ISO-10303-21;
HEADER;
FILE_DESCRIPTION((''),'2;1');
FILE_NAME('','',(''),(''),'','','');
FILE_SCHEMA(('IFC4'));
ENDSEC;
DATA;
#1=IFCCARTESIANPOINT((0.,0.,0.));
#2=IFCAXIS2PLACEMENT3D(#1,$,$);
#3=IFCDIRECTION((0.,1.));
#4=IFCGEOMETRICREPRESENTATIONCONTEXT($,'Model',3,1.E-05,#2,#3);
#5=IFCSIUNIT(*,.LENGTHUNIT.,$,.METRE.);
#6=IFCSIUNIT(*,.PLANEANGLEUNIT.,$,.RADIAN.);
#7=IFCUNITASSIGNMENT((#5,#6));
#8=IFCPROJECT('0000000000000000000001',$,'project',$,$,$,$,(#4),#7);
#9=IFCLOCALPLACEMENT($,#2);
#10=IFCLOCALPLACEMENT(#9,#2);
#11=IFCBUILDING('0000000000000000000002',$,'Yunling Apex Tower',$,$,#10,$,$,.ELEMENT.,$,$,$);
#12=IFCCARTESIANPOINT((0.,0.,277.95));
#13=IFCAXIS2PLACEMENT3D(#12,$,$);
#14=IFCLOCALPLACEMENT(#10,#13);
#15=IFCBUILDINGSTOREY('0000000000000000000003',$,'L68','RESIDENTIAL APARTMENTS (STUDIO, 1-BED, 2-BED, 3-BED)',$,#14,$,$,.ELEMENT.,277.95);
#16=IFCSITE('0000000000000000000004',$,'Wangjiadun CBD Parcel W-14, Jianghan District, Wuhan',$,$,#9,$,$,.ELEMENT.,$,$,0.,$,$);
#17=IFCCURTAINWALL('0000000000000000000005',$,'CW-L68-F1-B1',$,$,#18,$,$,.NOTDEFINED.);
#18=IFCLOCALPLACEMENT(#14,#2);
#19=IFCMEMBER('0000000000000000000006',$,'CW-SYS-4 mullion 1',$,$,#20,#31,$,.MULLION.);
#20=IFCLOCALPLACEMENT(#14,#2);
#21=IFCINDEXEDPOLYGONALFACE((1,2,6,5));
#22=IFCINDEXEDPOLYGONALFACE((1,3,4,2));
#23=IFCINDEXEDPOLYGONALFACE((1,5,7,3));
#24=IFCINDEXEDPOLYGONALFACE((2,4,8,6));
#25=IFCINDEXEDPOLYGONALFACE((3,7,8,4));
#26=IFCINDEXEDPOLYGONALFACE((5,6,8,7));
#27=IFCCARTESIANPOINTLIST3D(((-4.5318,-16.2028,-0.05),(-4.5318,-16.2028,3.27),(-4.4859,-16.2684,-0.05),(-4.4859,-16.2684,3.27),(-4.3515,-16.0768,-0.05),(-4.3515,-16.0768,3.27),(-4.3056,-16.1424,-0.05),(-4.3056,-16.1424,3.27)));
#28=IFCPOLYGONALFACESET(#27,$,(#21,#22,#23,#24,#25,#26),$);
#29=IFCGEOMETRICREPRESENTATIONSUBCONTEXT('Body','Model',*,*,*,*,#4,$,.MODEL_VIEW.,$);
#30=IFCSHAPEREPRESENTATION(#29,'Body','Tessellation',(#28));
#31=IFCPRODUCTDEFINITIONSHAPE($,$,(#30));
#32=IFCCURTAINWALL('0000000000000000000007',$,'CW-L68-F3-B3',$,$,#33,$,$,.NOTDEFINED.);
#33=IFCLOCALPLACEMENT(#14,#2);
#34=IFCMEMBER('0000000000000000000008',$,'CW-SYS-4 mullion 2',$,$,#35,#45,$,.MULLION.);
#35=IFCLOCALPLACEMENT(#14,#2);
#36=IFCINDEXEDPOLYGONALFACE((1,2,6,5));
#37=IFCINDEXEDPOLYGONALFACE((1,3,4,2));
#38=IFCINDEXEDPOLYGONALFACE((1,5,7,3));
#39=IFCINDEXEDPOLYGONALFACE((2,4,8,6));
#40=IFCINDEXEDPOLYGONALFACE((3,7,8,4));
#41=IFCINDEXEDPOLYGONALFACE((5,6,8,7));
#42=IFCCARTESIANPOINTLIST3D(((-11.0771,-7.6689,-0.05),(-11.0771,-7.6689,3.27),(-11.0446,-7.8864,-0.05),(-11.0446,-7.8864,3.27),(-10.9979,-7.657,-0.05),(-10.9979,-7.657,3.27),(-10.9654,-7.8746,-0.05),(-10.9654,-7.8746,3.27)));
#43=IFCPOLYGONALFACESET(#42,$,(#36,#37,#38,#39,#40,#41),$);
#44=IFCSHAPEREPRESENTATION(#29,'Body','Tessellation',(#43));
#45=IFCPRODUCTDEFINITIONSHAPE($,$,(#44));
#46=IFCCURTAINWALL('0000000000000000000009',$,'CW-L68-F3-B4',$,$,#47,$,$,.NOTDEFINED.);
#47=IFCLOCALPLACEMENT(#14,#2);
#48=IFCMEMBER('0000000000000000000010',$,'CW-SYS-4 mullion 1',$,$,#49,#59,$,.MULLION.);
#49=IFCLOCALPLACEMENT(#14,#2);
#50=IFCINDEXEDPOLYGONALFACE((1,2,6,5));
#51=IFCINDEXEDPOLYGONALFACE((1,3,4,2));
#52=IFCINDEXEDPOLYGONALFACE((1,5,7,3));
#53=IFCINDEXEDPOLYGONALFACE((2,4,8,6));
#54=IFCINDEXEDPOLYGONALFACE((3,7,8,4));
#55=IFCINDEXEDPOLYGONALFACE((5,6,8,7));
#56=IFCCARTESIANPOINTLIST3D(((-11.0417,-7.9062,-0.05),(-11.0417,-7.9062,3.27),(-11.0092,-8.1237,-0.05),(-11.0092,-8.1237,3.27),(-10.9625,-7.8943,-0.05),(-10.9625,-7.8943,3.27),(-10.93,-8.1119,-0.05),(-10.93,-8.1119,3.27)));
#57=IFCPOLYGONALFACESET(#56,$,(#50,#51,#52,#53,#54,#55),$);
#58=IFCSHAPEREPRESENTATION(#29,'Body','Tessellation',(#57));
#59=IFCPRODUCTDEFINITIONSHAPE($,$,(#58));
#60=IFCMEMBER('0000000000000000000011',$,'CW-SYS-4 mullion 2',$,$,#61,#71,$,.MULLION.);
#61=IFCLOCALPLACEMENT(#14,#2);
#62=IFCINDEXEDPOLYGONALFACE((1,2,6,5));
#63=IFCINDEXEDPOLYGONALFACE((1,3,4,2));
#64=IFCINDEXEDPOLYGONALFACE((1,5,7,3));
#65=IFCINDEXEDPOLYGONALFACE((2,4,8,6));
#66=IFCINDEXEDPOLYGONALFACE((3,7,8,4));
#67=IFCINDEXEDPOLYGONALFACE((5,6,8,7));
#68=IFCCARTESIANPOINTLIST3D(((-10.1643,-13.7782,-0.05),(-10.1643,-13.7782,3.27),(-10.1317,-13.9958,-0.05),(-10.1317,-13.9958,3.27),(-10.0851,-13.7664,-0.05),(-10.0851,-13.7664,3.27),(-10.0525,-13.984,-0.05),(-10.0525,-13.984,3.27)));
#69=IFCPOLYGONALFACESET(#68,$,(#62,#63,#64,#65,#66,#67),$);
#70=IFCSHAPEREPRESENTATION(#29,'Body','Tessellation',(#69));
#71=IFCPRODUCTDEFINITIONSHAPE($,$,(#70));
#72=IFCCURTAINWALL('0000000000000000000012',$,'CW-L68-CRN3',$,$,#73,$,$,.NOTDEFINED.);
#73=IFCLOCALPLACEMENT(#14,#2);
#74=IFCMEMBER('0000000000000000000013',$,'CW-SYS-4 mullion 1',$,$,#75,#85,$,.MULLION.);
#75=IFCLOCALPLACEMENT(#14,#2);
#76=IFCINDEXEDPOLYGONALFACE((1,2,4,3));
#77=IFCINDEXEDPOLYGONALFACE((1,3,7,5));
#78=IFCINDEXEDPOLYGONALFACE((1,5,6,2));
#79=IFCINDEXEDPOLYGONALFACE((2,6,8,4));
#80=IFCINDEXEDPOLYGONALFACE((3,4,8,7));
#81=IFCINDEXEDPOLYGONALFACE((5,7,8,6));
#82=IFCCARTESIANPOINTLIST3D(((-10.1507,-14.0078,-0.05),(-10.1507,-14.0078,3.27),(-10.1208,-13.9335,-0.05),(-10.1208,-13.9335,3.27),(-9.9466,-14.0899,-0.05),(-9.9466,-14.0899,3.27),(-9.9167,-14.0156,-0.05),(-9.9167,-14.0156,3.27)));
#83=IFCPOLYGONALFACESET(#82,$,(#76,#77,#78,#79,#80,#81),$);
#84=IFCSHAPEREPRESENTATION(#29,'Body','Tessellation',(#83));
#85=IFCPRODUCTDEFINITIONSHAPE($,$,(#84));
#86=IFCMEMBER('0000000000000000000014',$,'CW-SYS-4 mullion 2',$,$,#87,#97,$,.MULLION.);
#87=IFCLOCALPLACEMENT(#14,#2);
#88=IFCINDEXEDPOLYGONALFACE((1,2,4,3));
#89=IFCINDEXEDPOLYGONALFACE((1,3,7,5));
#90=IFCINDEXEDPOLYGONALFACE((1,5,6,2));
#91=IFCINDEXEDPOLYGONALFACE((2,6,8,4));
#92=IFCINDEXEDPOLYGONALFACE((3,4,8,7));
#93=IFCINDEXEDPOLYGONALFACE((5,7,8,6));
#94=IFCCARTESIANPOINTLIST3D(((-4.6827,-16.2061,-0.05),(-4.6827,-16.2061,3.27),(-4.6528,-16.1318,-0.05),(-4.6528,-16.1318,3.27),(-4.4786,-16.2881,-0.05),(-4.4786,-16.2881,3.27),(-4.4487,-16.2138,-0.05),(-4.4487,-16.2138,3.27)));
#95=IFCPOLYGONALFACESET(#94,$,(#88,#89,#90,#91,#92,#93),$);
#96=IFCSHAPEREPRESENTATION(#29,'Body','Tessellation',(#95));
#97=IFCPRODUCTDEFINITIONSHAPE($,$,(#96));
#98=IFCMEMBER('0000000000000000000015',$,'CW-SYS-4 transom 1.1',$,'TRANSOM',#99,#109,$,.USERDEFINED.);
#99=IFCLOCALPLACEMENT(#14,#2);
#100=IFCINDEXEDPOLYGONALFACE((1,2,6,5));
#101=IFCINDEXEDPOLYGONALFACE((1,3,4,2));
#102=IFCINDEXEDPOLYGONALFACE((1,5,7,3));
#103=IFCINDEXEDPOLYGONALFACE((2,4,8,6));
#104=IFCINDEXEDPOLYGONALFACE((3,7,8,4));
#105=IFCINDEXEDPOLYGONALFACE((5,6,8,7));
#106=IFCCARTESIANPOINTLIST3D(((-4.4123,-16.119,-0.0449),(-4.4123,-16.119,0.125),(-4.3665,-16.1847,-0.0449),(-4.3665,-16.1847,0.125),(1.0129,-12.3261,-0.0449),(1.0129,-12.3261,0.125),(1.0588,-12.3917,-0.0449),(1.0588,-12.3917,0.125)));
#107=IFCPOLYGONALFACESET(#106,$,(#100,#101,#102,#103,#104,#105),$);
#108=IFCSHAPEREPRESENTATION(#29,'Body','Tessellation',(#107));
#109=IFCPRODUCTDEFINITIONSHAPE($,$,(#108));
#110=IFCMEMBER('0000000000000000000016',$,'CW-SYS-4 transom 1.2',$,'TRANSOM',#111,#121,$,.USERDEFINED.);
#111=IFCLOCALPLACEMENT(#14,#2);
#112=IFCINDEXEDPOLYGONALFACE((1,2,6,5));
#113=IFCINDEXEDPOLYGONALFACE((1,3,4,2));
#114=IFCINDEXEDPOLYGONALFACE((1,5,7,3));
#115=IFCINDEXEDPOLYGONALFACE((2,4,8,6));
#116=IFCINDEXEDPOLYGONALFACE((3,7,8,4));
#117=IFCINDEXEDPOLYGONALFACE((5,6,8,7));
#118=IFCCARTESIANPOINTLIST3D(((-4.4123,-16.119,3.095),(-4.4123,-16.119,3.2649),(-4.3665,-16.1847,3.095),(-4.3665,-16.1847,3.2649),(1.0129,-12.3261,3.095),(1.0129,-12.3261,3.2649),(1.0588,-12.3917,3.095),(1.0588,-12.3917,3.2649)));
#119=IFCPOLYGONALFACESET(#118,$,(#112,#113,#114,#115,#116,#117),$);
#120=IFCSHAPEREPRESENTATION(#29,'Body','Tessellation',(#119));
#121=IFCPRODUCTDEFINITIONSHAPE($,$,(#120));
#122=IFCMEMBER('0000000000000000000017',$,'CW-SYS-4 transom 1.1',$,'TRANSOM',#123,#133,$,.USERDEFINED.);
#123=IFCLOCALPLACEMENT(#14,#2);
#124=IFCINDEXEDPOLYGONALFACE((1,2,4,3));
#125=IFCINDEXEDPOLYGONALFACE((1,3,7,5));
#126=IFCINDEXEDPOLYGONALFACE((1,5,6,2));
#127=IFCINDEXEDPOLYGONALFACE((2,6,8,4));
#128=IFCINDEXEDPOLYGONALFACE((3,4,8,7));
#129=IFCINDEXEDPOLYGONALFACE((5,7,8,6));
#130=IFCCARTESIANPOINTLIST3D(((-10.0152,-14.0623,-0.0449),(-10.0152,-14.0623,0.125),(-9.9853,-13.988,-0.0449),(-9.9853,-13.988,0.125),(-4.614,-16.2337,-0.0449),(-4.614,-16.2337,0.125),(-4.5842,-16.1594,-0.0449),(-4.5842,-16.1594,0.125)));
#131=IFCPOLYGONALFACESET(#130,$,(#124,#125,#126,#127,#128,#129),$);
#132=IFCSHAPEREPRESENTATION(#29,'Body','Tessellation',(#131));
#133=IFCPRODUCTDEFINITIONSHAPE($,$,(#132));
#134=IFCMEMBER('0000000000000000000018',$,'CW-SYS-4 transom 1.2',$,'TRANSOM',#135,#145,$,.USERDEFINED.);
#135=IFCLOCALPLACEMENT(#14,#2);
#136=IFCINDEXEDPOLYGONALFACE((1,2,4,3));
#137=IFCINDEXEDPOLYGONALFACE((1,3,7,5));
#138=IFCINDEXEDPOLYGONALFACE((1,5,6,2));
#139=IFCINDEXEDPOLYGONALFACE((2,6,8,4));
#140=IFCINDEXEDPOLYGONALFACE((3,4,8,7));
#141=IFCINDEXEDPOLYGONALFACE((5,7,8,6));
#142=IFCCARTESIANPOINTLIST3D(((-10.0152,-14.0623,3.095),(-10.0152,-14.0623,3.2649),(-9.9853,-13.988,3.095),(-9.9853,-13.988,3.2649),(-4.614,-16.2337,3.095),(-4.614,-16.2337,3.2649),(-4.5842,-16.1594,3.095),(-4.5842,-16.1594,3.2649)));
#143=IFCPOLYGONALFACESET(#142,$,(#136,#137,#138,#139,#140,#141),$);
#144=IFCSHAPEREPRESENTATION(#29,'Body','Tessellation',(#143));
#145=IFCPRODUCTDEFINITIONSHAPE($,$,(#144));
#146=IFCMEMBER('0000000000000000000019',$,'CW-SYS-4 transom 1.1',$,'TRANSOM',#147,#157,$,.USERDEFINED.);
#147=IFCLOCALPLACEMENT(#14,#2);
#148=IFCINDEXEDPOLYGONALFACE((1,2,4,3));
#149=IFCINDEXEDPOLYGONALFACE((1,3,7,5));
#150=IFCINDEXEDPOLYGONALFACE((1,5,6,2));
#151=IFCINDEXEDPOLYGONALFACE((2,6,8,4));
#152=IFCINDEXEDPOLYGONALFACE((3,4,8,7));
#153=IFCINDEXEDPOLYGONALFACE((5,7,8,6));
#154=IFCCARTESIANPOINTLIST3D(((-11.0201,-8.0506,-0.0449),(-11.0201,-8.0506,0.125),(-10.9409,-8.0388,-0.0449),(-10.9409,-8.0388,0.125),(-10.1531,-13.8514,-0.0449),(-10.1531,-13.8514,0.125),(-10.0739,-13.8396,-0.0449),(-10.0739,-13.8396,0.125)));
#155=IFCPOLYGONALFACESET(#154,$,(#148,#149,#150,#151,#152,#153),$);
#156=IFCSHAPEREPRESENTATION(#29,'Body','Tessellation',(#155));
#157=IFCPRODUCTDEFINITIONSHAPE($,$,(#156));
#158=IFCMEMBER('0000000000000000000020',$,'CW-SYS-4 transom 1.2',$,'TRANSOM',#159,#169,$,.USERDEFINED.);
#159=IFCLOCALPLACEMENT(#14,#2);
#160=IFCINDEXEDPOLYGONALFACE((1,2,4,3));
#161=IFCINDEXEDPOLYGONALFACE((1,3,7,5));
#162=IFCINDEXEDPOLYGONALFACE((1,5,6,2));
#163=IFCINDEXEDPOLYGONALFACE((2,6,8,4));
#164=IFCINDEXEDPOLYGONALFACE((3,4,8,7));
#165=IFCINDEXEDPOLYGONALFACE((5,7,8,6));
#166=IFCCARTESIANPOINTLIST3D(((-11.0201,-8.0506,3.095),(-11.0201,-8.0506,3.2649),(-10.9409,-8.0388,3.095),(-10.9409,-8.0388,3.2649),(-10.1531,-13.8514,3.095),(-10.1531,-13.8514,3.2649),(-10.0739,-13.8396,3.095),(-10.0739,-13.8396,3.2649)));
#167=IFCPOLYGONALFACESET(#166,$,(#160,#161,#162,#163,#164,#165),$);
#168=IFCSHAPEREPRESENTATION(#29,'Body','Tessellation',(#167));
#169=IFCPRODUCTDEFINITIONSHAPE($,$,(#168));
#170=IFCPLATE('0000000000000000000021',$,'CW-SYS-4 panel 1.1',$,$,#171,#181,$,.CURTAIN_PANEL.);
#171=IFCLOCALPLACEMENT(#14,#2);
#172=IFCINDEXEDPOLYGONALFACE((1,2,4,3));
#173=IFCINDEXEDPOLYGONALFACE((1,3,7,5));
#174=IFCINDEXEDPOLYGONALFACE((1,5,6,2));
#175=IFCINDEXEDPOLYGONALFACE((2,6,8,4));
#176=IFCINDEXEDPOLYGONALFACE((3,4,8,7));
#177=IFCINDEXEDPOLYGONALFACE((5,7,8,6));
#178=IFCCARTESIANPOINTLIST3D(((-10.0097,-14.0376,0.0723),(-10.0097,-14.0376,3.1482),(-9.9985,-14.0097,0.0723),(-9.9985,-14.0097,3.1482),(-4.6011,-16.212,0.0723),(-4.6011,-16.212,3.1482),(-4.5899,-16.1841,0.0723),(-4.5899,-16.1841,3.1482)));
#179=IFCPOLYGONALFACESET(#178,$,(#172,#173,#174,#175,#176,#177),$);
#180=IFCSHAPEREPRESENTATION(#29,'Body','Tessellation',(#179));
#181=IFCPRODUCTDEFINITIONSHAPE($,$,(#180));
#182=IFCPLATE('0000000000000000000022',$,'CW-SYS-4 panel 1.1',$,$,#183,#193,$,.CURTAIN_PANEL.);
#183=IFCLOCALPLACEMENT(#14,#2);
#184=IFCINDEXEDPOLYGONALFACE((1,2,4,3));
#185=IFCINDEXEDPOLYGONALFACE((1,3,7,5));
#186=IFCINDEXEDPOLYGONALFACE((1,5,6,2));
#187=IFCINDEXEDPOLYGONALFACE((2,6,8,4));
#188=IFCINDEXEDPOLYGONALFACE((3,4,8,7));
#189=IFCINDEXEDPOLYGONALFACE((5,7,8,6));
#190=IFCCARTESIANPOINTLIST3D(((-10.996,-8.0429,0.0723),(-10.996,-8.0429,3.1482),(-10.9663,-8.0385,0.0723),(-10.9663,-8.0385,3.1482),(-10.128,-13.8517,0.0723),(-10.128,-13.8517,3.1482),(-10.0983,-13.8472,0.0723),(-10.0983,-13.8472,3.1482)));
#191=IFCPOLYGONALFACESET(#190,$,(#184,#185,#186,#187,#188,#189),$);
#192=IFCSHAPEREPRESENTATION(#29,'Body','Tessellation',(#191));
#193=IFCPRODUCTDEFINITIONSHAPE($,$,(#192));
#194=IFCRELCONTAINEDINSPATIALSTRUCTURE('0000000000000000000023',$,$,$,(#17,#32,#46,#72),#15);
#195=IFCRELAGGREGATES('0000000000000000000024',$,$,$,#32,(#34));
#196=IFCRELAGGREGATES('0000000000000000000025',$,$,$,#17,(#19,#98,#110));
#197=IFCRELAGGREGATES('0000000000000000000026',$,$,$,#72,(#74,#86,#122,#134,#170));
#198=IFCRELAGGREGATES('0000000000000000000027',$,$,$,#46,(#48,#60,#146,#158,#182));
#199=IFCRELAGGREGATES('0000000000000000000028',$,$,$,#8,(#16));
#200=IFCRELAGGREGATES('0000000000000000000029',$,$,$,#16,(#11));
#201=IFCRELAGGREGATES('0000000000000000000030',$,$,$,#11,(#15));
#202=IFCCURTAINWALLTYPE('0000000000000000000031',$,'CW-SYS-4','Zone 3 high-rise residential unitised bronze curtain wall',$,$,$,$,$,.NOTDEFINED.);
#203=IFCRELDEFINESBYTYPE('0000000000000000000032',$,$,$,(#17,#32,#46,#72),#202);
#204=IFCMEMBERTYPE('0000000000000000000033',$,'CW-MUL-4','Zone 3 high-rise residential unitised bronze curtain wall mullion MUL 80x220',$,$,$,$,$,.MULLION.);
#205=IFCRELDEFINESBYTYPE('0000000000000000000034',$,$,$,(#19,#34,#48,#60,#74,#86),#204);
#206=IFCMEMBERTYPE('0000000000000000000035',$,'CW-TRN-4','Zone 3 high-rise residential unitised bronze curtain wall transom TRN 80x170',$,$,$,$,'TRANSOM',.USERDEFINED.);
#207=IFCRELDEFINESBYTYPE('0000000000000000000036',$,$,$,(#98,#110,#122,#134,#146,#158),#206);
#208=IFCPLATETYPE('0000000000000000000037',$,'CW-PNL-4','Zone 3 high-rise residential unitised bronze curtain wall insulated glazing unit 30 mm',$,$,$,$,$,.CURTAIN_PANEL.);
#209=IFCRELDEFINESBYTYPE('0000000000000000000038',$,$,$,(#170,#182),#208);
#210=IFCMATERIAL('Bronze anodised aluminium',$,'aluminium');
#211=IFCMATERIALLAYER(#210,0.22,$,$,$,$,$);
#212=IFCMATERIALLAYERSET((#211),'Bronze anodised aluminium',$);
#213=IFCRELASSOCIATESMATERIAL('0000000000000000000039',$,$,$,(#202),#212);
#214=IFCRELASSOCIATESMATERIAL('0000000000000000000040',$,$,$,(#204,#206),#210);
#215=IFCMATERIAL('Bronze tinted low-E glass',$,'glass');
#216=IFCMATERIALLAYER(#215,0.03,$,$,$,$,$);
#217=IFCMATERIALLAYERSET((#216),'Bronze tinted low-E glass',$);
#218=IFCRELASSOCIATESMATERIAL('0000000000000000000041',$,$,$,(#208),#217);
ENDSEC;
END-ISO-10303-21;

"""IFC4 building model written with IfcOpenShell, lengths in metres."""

from ifc_helpers import new_model, si_unit, direction, frame, origin, origin_2d, place, context, subcontext, project, spatial, rectangle, extrude, source, transform, mapped, material, layer, layer_set, material_profile, profile_set, type_object, element, aggregate, save


model = new_model("IFC4")

# Units and contexts
model_context = context("Model", 3, precision=1e-05, world=origin(), true_north=direction((0.0, 1.0)))
body_context = subcontext(model_context, "Body", "Model", "MODEL_VIEW")
ifc_project = project(units=[si_unit("LENGTHUNIT", "METRE"), si_unit("PLANEANGLEUNIT", "RADIAN")], contexts=[model_context])

# Site, building, storey
site_placement = place(None, origin())
site = spatial("IfcSite", under=ifc_project, at=site_placement, Name="Wangjiadun CBD Parcel W-14, Jianghan District, Wuhan", CompositionType="ELEMENT", RefElevation=0.0)
building_placement = place(site_placement, origin())
building = spatial("IfcBuilding", under=site, at=building_placement, Name="Yunling Apex Tower", CompositionType="ELEMENT")
storey_placement = place(building_placement, frame((0.0, 0.0, 277.95)))
storey = spatial("IfcBuildingStorey", under=building, at=storey_placement, Name="L68", Description="RESIDENTIAL APARTMENTS (STUDIO, 1-BED, 2-BED, 3-BED)", CompositionType="ELEMENT", Elevation=277.95)

# Curtain walls, members
ifc_material_1 = material(Name="Bronze anodised aluminium", Category="aluminium")
ifc_layer_1 = layer(ifc_material_1, 0.22)
ifc_layer_set_1 = layer_set([ifc_layer_1], Name="Bronze anodised aluminium")
curtain_wall_type = type_object("IfcCurtainWallType", Name="CW-SYS-4", Description="Zone 3 high-rise residential unitised bronze curtain wall", PredefinedType="NOTDEFINED", material=ifc_layer_set_1)
curtain_wall_1_placement = place(storey_placement, origin())
curtain_wall_1 = element("IfcCurtainWall", 1, at=curtain_wall_1_placement, inside=storey, type_object=curtain_wall_type, Name="CW-L68-F1-B1", PredefinedType="NOTDEFINED")
ifc_material_profile_1 = material_profile(ifc_material_1, rectangle(XDim=0.0801, YDim=0.22, at=origin_2d()))
ifc_profile_set_1 = profile_set([ifc_material_profile_1], Name="Bronze anodised aluminium")
member_type_1 = type_object("IfcMemberType", Name="CW-MUL-4", Description="Zone 3 high-rise residential unitised bronze curtain wall mullion MUL 80x220", PredefinedType="MULLION", material=ifc_profile_set_1)
shared_shape_1 = source(origin(), body_context, "Body", "SweptSolid", [
    extrude(rectangle(XDim=0.0801, YDim=0.22, at=origin_2d()), origin(), (0.0, 0.0, 1.0), 3.3201),
])
member_1_placement = place(storey_placement, frame((-4.4187, -16.1726, -0.05), z_axis=(0.0, 0.0, 1.0), x_axis=(-0.573, 0.819555, 0.0)))
member_1 = element("IfcMember", 2, at=member_1_placement, type_object=member_type_1, Name="CW-SYS-4 mullion 1", PredefinedType="MULLION", context=body_context, shape_type="MappedRepresentation", body=[
    mapped(shared_shape_1, transform((0.0, 0.0, 0.0), scale=1.0)),
])
curtain_wall_2_placement = place(storey_placement, origin())
curtain_wall_2 = element("IfcCurtainWall", 3, at=curtain_wall_2_placement, inside=storey, type_object=curtain_wall_type, Name="CW-L68-F3-B3", PredefinedType="NOTDEFINED")
member_2_placement = place(storey_placement, frame((-11.0212, -7.7717, -0.05), z_axis=(0.0, 0.0, 1.0), x_axis=(0.989016, 0.147807, 0.0)))
member_2 = element("IfcMember", 4, at=member_2_placement, type_object=member_type_1, Name="CW-SYS-4 mullion 2", PredefinedType="MULLION", context=body_context, shape_type="MappedRepresentation", body=[
    mapped(shared_shape_1, transform((0.0, 0.0, 0.0), scale=1.0)),
])
aggregate(curtain_wall_2, [member_2])

# Curtain walls, members
curtain_wall_3_placement = place(storey_placement, origin())
curtain_wall_3 = element("IfcCurtainWall", 5, at=curtain_wall_3_placement, inside=storey, type_object=curtain_wall_type, Name="CW-L68-F3-B4", PredefinedType="NOTDEFINED")
member_3_placement = place(storey_placement, frame((-10.9858, -8.009, -0.05), z_axis=(0.0, 0.0, 1.0), x_axis=(0.989019, 0.147791, 0.0)))
member_3 = element("IfcMember", 6, at=member_3_placement, type_object=member_type_1, Name="CW-SYS-4 mullion 1", PredefinedType="MULLION", context=body_context, shape_type="MappedRepresentation", body=[
    mapped(shared_shape_1, transform((0.0, 0.0, 0.0), scale=1.0)),
])
member_4_placement = place(storey_placement, frame((-10.1084, -13.8811, -0.05), z_axis=(0.0, 0.0, 1.0), x_axis=(0.989019, 0.147791, 0.0)))
member_4 = element("IfcMember", 7, at=member_4_placement, type_object=member_type_1, Name="CW-SYS-4 mullion 2", PredefinedType="MULLION", context=body_context, shape_type="MappedRepresentation", body=[
    mapped(shared_shape_1, transform((0.0, 0.0, 0.0), scale=1.0)),
])
curtain_wall_4_placement = place(storey_placement, origin())
curtain_wall_4 = element("IfcCurtainWall", 8, at=curtain_wall_4_placement, inside=storey, type_object=curtain_wall_type, Name="CW-L68-CRN3", PredefinedType="NOTDEFINED")
member_5_placement = place(storey_placement, frame((-10.0337, -14.0117, -0.05), z_axis=(0.0, 0.0, 1.0), x_axis=(0.373009, 0.927828, 0.0)))
member_5 = element("IfcMember", 9, at=member_5_placement, type_object=member_type_1, Name="CW-SYS-4 mullion 1", PredefinedType="MULLION", context=body_context, shape_type="MappedRepresentation", body=[
    mapped(shared_shape_1, transform((0.0, 0.0, 0.0), scale=1.0)),
])
member_6_placement = place(storey_placement, frame((-4.5657, -16.21, -0.05), z_axis=(0.0, 0.0, 1.0), x_axis=(0.373009, 0.927828, 0.0)))
member_6 = element("IfcMember", 10, at=member_6_placement, type_object=member_type_1, Name="CW-SYS-4 mullion 2", PredefinedType="MULLION", context=body_context, shape_type="MappedRepresentation", body=[
    mapped(shared_shape_1, transform((0.0, 0.0, 0.0), scale=1.0)),
])

# Members
ifc_material_profile_2 = material_profile(ifc_material_1, rectangle(XDim=0.0801, YDim=0.1699, at=origin_2d()))
ifc_profile_set_2 = profile_set([ifc_material_profile_2], Name="Bronze anodised aluminium")
member_type_2 = type_object("IfcMemberType", Name="CW-TRN-4", Description="Zone 3 high-rise residential unitised bronze curtain wall transom TRN 80x170", ElementType="TRANSOM", PredefinedType="USERDEFINED", material=ifc_profile_set_2)
shared_shape_2 = source(origin(), body_context, "Body", "SweptSolid", [
    extrude(rectangle(XDim=0.0801, YDim=0.1699, at=origin_2d()), origin(), (0.0, 0.0, 1.0), 6.6196),
])
member_7_placement = place(storey_placement, frame((-4.3894, -16.1519, 0.04), z_axis=(0.819568, 0.572982, 0.0), x_axis=(-0.572982, 0.819568, 0.0)))
member_7 = element("IfcMember", 11, at=member_7_placement, type_object=member_type_2, Name="CW-SYS-4 transom 1.1", ObjectType="TRANSOM", PredefinedType="USERDEFINED", context=body_context, shape_type="MappedRepresentation", body=[
    mapped(shared_shape_2, transform((0.0, 0.0, 0.0), scale=1.0)),
])
member_8_placement = place(storey_placement, frame((-4.3894, -16.1519, 3.1799), z_axis=(0.819568, 0.572982, 0.0), x_axis=(-0.572982, 0.819568, 0.0)))
member_8 = element("IfcMember", 12, at=member_8_placement, type_object=member_type_2, Name="CW-SYS-4 transom 1.2", ObjectType="TRANSOM", PredefinedType="USERDEFINED", context=body_context, shape_type="MappedRepresentation", body=[
    mapped(shared_shape_2, transform((0.0, 0.0, 0.0), scale=1.0)),
])
aggregate(curtain_wall_1, [member_1, member_7, member_8])
shared_shape_3 = source(origin(), body_context, "Body", "SweptSolid", [
    extrude(rectangle(XDim=0.0801, YDim=0.1699, at=origin_2d()), origin(), (0.0, 0.0, 1.0), 5.8213),
])
member_9_placement = place(storey_placement, frame((-10.0002, -14.0251, 0.04), z_axis=(0.927827, -0.37301, 0.0), x_axis=(0.37301, 0.927827, 0.0)))
member_9 = element("IfcMember", 13, at=member_9_placement, type_object=member_type_2, Name="CW-SYS-4 transom 1.1", ObjectType="TRANSOM", PredefinedType="USERDEFINED", context=body_context, shape_type="MappedRepresentation", body=[
    mapped(shared_shape_3, transform((0.0, 0.0, 0.0), scale=1.0)),
])
member_10_placement = place(storey_placement, frame((-10.0002, -14.0251, 3.1799), z_axis=(0.927827, -0.37301, 0.0), x_axis=(0.37301, 0.927827, 0.0)))
member_10 = element("IfcMember", 14, at=member_10_placement, type_object=member_type_2, Name="CW-SYS-4 transom 1.2", ObjectType="TRANSOM", PredefinedType="USERDEFINED", context=body_context, shape_type="MappedRepresentation", body=[
    mapped(shared_shape_3, transform((0.0, 0.0, 0.0), scale=1.0)),
])
shared_shape_4 = source(origin(), body_context, "Body", "SweptSolid", [
    extrude(rectangle(XDim=0.0801, YDim=0.1699, at=origin_2d()), origin(), (0.0, 0.0, 1.0), 5.8652),
])
member_11_placement = place(storey_placement, frame((-10.9805, -8.0447, 0.04), z_axis=(0.147811, -0.989016, 0.0), x_axis=(0.989016, 0.147811, 0.0)))
member_11 = element("IfcMember", 15, at=member_11_placement, type_object=member_type_2, Name="CW-SYS-4 transom 1.1", ObjectType="TRANSOM", PredefinedType="USERDEFINED", context=body_context, shape_type="MappedRepresentation", body=[
    mapped(shared_shape_4, transform((0.0, 0.0, 0.0), scale=1.0)),
])
member_12_placement = place(storey_placement, frame((-10.9805, -8.0447, 3.1799), z_axis=(0.147811, -0.989016, 0.0), x_axis=(0.989016, 0.147811, 0.0)))
member_12 = element("IfcMember", 16, at=member_12_placement, type_object=member_type_2, Name="CW-SYS-4 transom 1.2", ObjectType="TRANSOM", PredefinedType="USERDEFINED", context=body_context, shape_type="MappedRepresentation", body=[
    mapped(shared_shape_4, transform((0.0, 0.0, 0.0), scale=1.0)),
])

# Plates
ifc_material_2 = material(Name="Bronze tinted low-E glass", Category="glass")
ifc_layer_2 = layer(ifc_material_2, 0.03)
ifc_layer_set_2 = layer_set([ifc_layer_2], Name="Bronze tinted low-E glass")
plate_type = type_object("IfcPlateType", Name="CW-PNL-4", Description="Zone 3 high-rise residential unitised bronze curtain wall insulated glazing unit 30 mm", PredefinedType="CURTAIN_PANEL", material=ifc_layer_set_2)
shared_shape_5 = source(origin(), body_context, "Body", "SweptSolid", [
    extrude(rectangle(XDim=5.8293, YDim=0.03, at=origin_2d()), origin(), (0.0, 0.0, 1.0), 3.0759),
])
plate_1_placement = place(storey_placement, frame((-7.2998, -15.1108, 0.0723), z_axis=(0.0, 0.0, 1.0), x_axis=(0.927828, -0.373009, 0.0)))
plate_1 = element("IfcPlate", 17, at=plate_1_placement, type_object=plate_type, Name="CW-SYS-4 panel 1.1", PredefinedType="CURTAIN_PANEL", context=body_context, shape_type="MappedRepresentation", body=[
    mapped(shared_shape_5, transform((0.0, 0.0, 0.0), scale=1.0)),
])
aggregate(curtain_wall_4, [member_5, member_6, member_9, member_10, plate_1])
shared_shape_6 = source(origin(), body_context, "Body", "SweptSolid", [
    extrude(rectangle(XDim=5.8733, YDim=0.03, at=origin_2d()), origin(), (0.0, 0.0, 1.0), 3.0759),
])
plate_2_placement = place(storey_placement, frame((-10.5471, -10.9451, 0.0723), z_axis=(0.0, 0.0, 1.0), x_axis=(0.147791, -0.989019, 0.0)))
plate_2 = element("IfcPlate", 18, at=plate_2_placement, type_object=plate_type, Name="CW-SYS-4 panel 1.1", PredefinedType="CURTAIN_PANEL", context=body_context, shape_type="MappedRepresentation", body=[
    mapped(shared_shape_6, transform((0.0, 0.0, 0.0), scale=1.0)),
])
aggregate(curtain_wall_3, [member_3, member_4, member_11, member_12, plate_2])

save(model, "model.ifc")
